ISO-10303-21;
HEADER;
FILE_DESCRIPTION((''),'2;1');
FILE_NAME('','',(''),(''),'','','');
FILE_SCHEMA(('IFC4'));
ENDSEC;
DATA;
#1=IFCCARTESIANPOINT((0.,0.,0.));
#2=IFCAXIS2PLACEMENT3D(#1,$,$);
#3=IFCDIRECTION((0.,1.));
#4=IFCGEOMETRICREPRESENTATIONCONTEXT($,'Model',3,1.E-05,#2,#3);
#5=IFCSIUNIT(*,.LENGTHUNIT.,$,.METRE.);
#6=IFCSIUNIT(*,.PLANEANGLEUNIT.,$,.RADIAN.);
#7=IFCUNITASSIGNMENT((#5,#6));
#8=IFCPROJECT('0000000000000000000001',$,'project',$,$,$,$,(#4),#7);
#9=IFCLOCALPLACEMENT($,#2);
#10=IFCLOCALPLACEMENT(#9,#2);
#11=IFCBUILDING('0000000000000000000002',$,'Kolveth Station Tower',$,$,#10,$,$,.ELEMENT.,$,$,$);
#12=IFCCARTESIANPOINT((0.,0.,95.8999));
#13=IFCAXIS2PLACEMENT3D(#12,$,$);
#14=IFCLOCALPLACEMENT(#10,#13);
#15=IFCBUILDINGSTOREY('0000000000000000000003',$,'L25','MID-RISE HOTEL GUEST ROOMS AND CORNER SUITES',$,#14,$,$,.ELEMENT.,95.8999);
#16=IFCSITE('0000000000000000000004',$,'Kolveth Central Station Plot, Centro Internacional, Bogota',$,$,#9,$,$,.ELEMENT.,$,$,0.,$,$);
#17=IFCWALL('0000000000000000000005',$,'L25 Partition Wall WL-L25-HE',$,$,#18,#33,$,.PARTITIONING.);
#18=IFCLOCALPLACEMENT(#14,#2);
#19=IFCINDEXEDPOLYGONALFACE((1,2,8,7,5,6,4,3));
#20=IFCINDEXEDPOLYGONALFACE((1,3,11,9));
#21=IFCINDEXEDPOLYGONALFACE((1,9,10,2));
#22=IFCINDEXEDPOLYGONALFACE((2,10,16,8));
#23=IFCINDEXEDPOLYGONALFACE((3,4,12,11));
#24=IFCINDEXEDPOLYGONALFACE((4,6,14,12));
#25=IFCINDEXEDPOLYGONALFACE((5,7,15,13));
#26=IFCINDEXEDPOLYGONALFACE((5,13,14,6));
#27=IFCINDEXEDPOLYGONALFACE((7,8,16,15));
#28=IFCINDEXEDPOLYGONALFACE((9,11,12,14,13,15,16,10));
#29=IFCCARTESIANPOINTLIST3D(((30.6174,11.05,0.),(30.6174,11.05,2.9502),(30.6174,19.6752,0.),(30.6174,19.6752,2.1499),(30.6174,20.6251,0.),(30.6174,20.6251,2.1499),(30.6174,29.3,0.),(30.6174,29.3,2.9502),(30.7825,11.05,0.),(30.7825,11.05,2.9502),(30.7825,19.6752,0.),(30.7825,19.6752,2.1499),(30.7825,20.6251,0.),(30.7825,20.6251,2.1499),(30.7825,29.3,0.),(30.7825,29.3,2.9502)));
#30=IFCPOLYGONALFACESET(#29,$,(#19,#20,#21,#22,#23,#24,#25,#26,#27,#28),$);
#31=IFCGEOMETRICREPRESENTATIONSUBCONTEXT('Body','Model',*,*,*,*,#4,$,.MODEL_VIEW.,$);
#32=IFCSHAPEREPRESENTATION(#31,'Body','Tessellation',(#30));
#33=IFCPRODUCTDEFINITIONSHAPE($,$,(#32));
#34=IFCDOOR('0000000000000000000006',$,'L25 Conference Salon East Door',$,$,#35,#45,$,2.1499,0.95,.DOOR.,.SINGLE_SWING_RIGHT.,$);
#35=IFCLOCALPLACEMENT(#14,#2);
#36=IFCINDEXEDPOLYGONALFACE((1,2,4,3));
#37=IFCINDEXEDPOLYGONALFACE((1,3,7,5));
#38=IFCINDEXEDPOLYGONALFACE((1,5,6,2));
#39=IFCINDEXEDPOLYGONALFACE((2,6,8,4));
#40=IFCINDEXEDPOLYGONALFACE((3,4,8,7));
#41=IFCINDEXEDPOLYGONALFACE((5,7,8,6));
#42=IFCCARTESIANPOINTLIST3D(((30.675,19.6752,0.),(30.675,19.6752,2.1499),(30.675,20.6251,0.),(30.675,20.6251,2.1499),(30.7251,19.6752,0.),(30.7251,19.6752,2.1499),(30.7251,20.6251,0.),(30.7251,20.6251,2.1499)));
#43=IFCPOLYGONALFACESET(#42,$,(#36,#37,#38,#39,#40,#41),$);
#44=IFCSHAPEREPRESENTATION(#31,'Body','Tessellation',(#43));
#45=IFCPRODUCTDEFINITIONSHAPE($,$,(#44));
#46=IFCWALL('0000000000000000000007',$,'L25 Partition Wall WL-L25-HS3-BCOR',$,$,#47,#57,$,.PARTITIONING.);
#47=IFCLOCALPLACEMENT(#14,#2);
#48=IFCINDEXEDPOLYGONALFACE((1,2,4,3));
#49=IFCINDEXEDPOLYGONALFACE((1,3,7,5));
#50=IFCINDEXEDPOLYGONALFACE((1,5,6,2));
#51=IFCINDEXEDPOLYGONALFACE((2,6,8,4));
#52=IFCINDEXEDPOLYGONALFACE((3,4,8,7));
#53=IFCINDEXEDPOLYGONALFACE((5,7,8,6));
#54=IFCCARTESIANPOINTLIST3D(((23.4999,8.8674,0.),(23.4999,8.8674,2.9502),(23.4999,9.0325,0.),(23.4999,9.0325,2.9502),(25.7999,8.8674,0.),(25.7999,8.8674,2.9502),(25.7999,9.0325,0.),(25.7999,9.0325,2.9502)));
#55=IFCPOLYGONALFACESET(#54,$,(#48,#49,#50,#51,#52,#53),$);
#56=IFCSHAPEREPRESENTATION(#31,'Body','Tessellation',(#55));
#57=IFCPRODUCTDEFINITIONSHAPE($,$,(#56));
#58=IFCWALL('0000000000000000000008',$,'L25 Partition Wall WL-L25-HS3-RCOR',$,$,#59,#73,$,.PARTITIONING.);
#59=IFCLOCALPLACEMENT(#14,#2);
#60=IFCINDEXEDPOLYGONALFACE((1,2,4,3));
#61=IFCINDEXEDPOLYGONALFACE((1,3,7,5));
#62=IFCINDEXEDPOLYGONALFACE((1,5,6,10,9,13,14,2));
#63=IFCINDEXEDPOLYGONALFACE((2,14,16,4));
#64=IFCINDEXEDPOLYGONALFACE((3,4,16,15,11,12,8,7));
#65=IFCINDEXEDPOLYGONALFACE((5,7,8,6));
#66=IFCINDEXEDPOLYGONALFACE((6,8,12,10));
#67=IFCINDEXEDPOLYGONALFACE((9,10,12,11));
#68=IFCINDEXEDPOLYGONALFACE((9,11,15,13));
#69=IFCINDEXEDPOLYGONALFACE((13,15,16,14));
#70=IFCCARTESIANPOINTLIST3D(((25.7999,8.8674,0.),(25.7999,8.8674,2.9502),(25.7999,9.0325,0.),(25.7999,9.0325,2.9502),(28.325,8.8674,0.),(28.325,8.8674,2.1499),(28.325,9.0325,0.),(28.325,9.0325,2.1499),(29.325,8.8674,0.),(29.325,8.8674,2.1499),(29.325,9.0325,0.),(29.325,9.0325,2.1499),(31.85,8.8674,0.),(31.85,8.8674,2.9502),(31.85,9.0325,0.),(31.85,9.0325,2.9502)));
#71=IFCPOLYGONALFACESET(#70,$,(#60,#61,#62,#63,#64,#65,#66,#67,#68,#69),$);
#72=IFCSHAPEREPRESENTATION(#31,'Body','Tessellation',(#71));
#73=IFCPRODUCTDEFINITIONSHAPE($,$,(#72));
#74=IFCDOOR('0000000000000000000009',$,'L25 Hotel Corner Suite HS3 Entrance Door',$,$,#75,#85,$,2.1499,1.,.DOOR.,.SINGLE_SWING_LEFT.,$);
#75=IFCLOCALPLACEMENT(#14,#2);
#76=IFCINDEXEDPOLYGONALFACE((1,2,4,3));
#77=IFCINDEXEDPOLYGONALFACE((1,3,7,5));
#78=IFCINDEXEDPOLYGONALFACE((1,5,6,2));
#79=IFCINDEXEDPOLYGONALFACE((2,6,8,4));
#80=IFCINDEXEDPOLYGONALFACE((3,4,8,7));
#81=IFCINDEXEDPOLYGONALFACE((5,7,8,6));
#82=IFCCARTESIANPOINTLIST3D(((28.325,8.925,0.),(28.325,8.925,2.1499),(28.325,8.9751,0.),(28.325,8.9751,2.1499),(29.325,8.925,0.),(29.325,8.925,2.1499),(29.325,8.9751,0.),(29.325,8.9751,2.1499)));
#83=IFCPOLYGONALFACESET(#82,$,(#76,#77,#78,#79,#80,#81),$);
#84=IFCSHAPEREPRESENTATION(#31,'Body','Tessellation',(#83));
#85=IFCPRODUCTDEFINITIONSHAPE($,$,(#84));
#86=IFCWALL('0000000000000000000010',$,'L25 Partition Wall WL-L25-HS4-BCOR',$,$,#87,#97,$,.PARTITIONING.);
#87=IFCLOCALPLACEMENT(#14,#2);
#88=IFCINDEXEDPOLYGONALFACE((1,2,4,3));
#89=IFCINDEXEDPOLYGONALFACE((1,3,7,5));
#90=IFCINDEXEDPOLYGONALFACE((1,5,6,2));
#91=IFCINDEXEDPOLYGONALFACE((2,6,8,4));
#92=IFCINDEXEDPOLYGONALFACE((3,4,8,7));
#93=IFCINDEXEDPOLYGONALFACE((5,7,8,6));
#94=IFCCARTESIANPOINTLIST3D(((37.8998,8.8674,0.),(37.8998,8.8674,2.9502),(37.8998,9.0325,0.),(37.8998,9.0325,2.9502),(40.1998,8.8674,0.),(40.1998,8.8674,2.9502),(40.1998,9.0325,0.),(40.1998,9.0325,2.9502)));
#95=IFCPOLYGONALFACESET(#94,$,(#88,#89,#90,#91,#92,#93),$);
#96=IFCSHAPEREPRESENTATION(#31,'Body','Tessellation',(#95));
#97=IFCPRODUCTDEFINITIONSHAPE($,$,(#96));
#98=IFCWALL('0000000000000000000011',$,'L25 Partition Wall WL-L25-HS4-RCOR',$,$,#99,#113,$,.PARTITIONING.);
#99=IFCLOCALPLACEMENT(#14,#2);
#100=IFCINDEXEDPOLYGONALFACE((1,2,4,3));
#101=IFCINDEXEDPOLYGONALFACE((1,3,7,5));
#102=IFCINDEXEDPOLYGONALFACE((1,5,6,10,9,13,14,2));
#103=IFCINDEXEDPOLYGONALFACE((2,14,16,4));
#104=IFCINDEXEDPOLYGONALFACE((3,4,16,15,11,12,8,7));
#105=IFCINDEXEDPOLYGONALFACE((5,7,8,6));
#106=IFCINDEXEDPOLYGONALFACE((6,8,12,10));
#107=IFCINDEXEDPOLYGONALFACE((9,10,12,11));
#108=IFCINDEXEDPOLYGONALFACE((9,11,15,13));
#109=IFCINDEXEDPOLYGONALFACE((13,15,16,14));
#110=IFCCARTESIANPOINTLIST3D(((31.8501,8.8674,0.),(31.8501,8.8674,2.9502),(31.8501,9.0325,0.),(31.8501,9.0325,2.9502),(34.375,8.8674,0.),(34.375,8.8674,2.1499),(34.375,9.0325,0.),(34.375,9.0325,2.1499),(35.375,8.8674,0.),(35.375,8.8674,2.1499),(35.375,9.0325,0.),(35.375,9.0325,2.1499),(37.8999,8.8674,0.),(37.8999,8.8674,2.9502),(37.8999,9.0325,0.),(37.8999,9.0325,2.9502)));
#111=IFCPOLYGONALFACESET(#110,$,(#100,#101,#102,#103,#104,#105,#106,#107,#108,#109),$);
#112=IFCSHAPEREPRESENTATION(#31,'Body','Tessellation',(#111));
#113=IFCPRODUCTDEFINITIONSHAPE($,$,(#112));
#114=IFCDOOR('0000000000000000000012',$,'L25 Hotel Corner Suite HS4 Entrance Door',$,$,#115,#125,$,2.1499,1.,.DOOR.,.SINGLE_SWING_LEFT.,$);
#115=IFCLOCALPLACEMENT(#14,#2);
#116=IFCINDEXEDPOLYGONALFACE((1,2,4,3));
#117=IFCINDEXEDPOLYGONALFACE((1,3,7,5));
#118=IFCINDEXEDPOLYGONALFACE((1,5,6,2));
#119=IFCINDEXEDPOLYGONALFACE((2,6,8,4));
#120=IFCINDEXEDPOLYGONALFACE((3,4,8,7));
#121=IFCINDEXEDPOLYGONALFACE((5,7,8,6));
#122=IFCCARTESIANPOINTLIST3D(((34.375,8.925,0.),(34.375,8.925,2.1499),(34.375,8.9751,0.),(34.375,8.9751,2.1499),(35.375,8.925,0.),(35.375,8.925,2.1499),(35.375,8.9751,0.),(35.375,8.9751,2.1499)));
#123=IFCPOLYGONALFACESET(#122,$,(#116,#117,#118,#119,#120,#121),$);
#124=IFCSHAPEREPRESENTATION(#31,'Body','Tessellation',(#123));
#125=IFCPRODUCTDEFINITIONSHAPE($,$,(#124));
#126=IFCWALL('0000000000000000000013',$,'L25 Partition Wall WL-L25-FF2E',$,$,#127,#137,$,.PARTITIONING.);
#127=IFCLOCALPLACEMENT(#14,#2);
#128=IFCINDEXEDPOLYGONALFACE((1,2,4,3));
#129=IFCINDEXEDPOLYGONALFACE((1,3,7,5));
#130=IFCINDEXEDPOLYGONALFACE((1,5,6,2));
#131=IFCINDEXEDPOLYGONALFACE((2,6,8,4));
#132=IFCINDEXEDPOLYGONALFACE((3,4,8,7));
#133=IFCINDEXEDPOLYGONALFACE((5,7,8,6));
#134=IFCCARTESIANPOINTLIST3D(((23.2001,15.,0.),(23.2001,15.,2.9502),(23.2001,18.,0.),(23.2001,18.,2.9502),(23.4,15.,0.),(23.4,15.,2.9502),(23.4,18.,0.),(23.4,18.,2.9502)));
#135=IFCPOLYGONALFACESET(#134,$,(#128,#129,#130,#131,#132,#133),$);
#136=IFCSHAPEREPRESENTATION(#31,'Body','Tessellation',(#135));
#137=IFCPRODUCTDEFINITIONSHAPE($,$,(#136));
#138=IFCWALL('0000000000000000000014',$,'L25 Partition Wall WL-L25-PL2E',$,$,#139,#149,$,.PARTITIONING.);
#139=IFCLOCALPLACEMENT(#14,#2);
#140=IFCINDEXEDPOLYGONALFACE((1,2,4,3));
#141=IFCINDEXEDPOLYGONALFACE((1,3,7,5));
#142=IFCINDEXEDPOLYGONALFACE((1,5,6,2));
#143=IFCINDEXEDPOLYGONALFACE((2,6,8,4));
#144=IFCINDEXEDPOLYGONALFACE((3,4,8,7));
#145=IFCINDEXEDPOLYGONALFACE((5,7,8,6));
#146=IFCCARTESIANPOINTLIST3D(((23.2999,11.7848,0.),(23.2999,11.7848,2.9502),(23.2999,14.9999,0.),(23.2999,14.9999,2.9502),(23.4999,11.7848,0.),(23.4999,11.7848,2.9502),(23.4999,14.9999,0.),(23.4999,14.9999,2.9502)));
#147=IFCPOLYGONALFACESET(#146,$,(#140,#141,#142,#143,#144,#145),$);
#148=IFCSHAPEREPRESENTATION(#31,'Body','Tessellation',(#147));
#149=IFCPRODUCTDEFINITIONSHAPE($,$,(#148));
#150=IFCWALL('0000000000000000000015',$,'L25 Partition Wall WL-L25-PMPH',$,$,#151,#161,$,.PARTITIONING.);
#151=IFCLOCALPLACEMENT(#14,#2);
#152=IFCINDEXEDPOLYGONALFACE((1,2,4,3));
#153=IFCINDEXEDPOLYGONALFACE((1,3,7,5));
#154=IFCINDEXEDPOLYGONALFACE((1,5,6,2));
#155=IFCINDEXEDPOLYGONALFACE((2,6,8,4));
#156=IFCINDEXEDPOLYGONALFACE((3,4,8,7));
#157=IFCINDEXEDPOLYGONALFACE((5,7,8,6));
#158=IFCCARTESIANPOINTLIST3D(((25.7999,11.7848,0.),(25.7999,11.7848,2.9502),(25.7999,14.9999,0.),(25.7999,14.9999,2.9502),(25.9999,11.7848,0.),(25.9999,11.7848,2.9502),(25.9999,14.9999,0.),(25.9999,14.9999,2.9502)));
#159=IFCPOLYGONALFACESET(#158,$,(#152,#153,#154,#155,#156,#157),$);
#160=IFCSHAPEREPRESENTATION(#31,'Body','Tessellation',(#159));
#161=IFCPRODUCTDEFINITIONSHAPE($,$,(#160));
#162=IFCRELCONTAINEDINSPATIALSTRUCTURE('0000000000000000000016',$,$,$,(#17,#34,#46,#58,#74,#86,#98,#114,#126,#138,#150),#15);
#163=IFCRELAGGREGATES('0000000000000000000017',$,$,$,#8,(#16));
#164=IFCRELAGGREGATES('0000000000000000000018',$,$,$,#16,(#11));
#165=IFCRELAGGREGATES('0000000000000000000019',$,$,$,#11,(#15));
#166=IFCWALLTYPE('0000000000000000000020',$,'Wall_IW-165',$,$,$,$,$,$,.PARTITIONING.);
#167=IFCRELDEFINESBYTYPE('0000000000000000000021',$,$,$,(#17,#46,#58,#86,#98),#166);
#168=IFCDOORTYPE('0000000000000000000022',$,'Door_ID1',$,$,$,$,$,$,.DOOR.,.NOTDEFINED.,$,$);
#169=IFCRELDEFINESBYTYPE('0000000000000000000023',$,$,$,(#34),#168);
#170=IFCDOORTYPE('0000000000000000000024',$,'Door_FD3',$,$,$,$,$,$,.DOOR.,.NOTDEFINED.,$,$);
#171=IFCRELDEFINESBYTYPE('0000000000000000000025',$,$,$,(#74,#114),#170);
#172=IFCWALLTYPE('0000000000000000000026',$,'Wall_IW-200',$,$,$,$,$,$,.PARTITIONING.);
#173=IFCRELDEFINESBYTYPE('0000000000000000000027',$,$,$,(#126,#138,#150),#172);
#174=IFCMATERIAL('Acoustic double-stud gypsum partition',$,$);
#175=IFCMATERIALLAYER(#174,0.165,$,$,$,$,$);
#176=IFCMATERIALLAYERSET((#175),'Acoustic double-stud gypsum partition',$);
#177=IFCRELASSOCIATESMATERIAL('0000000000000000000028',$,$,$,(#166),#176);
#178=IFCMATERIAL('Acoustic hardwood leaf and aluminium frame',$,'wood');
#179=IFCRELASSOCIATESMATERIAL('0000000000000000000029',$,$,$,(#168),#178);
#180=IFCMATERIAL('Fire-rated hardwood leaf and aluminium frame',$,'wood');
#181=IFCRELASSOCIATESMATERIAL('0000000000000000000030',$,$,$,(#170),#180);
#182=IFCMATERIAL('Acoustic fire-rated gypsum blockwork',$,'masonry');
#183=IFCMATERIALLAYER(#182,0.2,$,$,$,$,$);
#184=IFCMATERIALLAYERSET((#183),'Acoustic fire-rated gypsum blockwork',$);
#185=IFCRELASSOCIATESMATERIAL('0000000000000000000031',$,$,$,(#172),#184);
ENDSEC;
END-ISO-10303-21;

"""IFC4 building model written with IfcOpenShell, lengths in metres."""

from ifc_helpers import new_model, si_unit, direction, frame, frame_2d, origin, place, context, subcontext, project, spatial, rectangle, extrude, material, layer, layer_set, type_object, element, fill, save


model = new_model("IFC4")

# Units and contexts
model_context = context("Model", 3, precision=1e-05, world=origin(), true_north=direction((0.0, 1.0)))
body_context = subcontext(model_context, "Body", "Model", "MODEL_VIEW")
ifc_project = project(units=[si_unit("LENGTHUNIT", "METRE"), si_unit("PLANEANGLEUNIT", "RADIAN")], contexts=[model_context])

# Site, building, storey
site_placement = place(None, origin())
site = spatial("IfcSite", under=ifc_project, at=site_placement, Name="Kolveth Central Station Plot, Centro Internacional, Bogota", CompositionType="ELEMENT", RefElevation=0.0)
building_placement = place(site_placement, origin())
building = spatial("IfcBuilding", under=site, at=building_placement, Name="Kolveth Station Tower", CompositionType="ELEMENT")
storey_placement = place(building_placement, frame((0.0, 0.0, 95.8999)))
storey = spatial("IfcBuildingStorey", under=building, at=storey_placement, Name="L25", Description="MID-RISE HOTEL GUEST ROOMS AND CORNER SUITES", CompositionType="ELEMENT", Elevation=95.8999)

# Shared definitions
ifc_material_1 = material(Name="Acoustic double-stud gypsum partition")
ifc_layer_1 = layer(ifc_material_1, 0.165)
ifc_layer_set_1 = layer_set([ifc_layer_1], Name="Acoustic double-stud gypsum partition")
wall_type_1 = type_object("IfcWallType", Name="Wall_IW-165", PredefinedType="PARTITIONING", material=ifc_layer_set_1)

# Wall, opening, door
wall_1_placement = place(storey_placement, frame((30.7, 11.05, 0.0), z_axis=(0.0, 0.0, 1.0), x_axis=(0.0, 1.0, 0.0)))
wall_1 = element("IfcWall", 1, at=wall_1_placement, inside=storey, type_object=wall_type_1, Name="L25 Partition Wall WL-L25-HE", PredefinedType="PARTITIONING", context=body_context, shape_type="SweptSolid", body=[
    extrude(rectangle(XDim=18.25, YDim=0.165, at=frame_2d((9.125, 0.0))), origin(), (0.0, 0.0, 1.0), 2.9502),
])
opening_1_placement = place(wall_1_placement, frame((8.625, 0.0, 0.0)))
opening_1 = element("IfcOpeningElement", 2, at=opening_1_placement, cuts=wall_1, PredefinedType="OPENING", context=body_context, shape_type="SweptSolid", body=[
    extrude(rectangle(XDim=0.95, YDim=2.1499, at=frame_2d((0.4751, 1.075))), frame((0.0, 0.0925, 0.0), z_axis=(0.0, -1.0, 0.0), x_axis=(1.0, 0.0, 0.0)), (0.0, 0.0, 1.0), 0.1851),
])
ifc_material_2 = material(Name="Acoustic hardwood leaf and aluminium frame", Category="wood")
door_type_1 = type_object("IfcDoorType", Name="Door_ID1", OperationType="NOTDEFINED", PredefinedType="DOOR", material=ifc_material_2)
door_1_placement = place(opening_1_placement, origin())
door_1 = element("IfcDoor", 3, at=door_1_placement, inside=storey, type_object=door_type_1, Name="L25 Conference Salon East Door", OperationType="SINGLE_SWING_RIGHT", OverallHeight=2.1499, OverallWidth=0.95, PredefinedType="DOOR", context=body_context, shape_type="SweptSolid", body=[
    extrude(rectangle(XDim=0.95, YDim=2.1499, at=frame_2d((0.4751, 1.075))), frame((0.0, 0.0249, 0.0), z_axis=(0.0, -1.0, 0.0), x_axis=(1.0, 0.0, 0.0)), (0.0, 0.0, 1.0), 0.05),
])
fill(opening_1, door_1)

# Wall
wall_2_placement = place(storey_placement, frame((23.5, 8.95, 0.0), z_axis=(0.0, 0.0, 1.0), x_axis=(1.0, 0.0, 0.0)))
element("IfcWall", 4, at=wall_2_placement, inside=storey, type_object=wall_type_1, Name="L25 Partition Wall WL-L25-HS3-BCOR", PredefinedType="PARTITIONING", context=body_context, shape_type="SweptSolid", body=[
    extrude(rectangle(XDim=2.3, YDim=0.165, at=frame_2d((1.1499, 0.0))), origin(), (0.0, 0.0, 1.0), 2.9502),
])

# Wall, opening, door
wall_3_placement = place(storey_placement, frame((25.8, 8.95, 0.0), z_axis=(0.0, 0.0, 1.0), x_axis=(1.0, 0.0, 0.0)))
wall_3 = element("IfcWall", 5, at=wall_3_placement, inside=storey, type_object=wall_type_1, Name="L25 Partition Wall WL-L25-HS3-RCOR", PredefinedType="PARTITIONING", context=body_context, shape_type="SweptSolid", body=[
    extrude(rectangle(XDim=6.05, YDim=0.165, at=frame_2d((3.0249, 0.0))), origin(), (0.0, 0.0, 1.0), 2.9502),
])
opening_2_placement = place(wall_3_placement, frame((2.5249, 0.0, 0.0)))
opening_2 = element("IfcOpeningElement", 6, at=opening_2_placement, cuts=wall_3, PredefinedType="OPENING", context=body_context, shape_type="SweptSolid", body=[
    extrude(rectangle(XDim=1.0, YDim=2.1499, at=frame_2d((0.5, 1.075))), frame((0.0, 0.0925, 0.0), z_axis=(0.0, -1.0, 0.0), x_axis=(1.0, 0.0, 0.0)), (0.0, 0.0, 1.0), 0.1851),
])
ifc_material_3 = material(Name="Fire-rated hardwood leaf and aluminium frame", Category="wood")
door_type_2 = type_object("IfcDoorType", Name="Door_FD3", OperationType="NOTDEFINED", PredefinedType="DOOR", material=ifc_material_3)
door_2_placement = place(opening_2_placement, frame((1.0, 0.0, 0.0), z_axis=(0.0, 0.0, 1.0), x_axis=(-1.0, 0.0, 0.0)))
door_2 = element("IfcDoor", 7, at=door_2_placement, inside=storey, type_object=door_type_2, Name="L25 Hotel Corner Suite HS3 Entrance Door", OperationType="SINGLE_SWING_LEFT", OverallHeight=2.1499, OverallWidth=1.0, PredefinedType="DOOR", context=body_context, shape_type="SweptSolid", body=[
    extrude(rectangle(XDim=1.0, YDim=2.1499, at=frame_2d((0.5, 1.075))), frame((0.0, 0.0249, 0.0), z_axis=(0.0, -1.0, 0.0), x_axis=(1.0, 0.0, 0.0)), (0.0, 0.0, 1.0), 0.05),
])
fill(opening_2, door_2)

# Wall
wall_4_placement = place(storey_placement, frame((37.8999, 8.95, 0.0), z_axis=(0.0, 0.0, 1.0), x_axis=(1.0, 0.0, 0.0)))
element("IfcWall", 8, at=wall_4_placement, inside=storey, type_object=wall_type_1, Name="L25 Partition Wall WL-L25-HS4-BCOR", PredefinedType="PARTITIONING", context=body_context, shape_type="SweptSolid", body=[
    extrude(rectangle(XDim=2.3, YDim=0.165, at=frame_2d((1.1499, 0.0))), origin(), (0.0, 0.0, 1.0), 2.9502),
])

# Wall, opening, door
wall_5_placement = place(storey_placement, frame((31.8501, 8.95, 0.0), z_axis=(0.0, 0.0, 1.0), x_axis=(1.0, 0.0, 0.0)))
wall_5 = element("IfcWall", 9, at=wall_5_placement, inside=storey, type_object=wall_type_1, Name="L25 Partition Wall WL-L25-HS4-RCOR", PredefinedType="PARTITIONING", context=body_context, shape_type="SweptSolid", body=[
    extrude(rectangle(XDim=6.0498, YDim=0.165, at=frame_2d((3.0249, 0.0))), origin(), (0.0, 0.0, 1.0), 2.9502),
])
opening_3_placement = place(wall_5_placement, frame((2.5249, 0.0, 0.0)))
opening_3 = element("IfcOpeningElement", 10, at=opening_3_placement, cuts=wall_5, PredefinedType="OPENING", context=body_context, shape_type="SweptSolid", body=[
    extrude(rectangle(XDim=1.0, YDim=2.1499, at=frame_2d((0.5, 1.075))), frame((0.0, 0.0925, 0.0), z_axis=(0.0, -1.0, 0.0), x_axis=(1.0, 0.0, 0.0)), (0.0, 0.0, 1.0), 0.1851),
])
door_3_placement = place(opening_3_placement, frame((1.0, 0.0, 0.0), z_axis=(0.0, 0.0, 1.0), x_axis=(-1.0, 0.0, 0.0)))
door_3 = element("IfcDoor", 11, at=door_3_placement, inside=storey, type_object=door_type_2, Name="L25 Hotel Corner Suite HS4 Entrance Door", OperationType="SINGLE_SWING_LEFT", OverallHeight=2.1499, OverallWidth=1.0, PredefinedType="DOOR", context=body_context, shape_type="SweptSolid", body=[
    extrude(rectangle(XDim=1.0, YDim=2.1499, at=frame_2d((0.5, 1.075))), frame((0.0, 0.0249, 0.0), z_axis=(0.0, -1.0, 0.0), x_axis=(1.0, 0.0, 0.0)), (0.0, 0.0, 1.0), 0.05),
])
fill(opening_3, door_3)

# Walls
ifc_material_4 = material(Name="Acoustic fire-rated gypsum blockwork", Category="masonry")
ifc_layer_2 = layer(ifc_material_4, 0.2)
ifc_layer_set_2 = layer_set([ifc_layer_2], Name="Acoustic fire-rated gypsum blockwork")
wall_type_2 = type_object("IfcWallType", Name="Wall_IW-200", PredefinedType="PARTITIONING", material=ifc_layer_set_2)
wall_6_placement = place(storey_placement, frame((23.3, 15.0, 0.0), z_axis=(0.0, 0.0, 1.0), x_axis=(0.0, 1.0, 0.0)))
element("IfcWall", 12, at=wall_6_placement, inside=storey, type_object=wall_type_2, Name="L25 Partition Wall WL-L25-FF2E", PredefinedType="PARTITIONING", context=body_context, shape_type="SweptSolid", body=[
    extrude(rectangle(XDim=3.0, YDim=0.2, at=frame_2d((1.5, 0.0))), origin(), (0.0, 0.0, 1.0), 2.9502),
])
for number, where, z_axis, x_axis, name in (
    (13, (23.3999, 11.7849, 0.0), (0.0, 0.0, 1.0), (0.0, 1.0, 0.0), "L25 Partition Wall WL-L25-PL2E"),
    (14, (25.8999, 11.7849, 0.0), (0.0, 0.0, 1.0), (0.0, 1.0, 0.0), "L25 Partition Wall WL-L25-PMPH"),
):
    element("IfcWall", number, at=place(storey_placement, frame(where, z_axis=z_axis, x_axis=x_axis)), inside=storey, type_object=wall_type_2, Name=name, PredefinedType="PARTITIONING", context=body_context, shape_type="SweptSolid", body=[
        extrude(rectangle(XDim=3.2151, YDim=0.2, at=frame_2d((1.6074, 0.0))), origin(), (0.0, 0.0, 1.0), 2.9502),
    ])

save(model, "model.ifc")
